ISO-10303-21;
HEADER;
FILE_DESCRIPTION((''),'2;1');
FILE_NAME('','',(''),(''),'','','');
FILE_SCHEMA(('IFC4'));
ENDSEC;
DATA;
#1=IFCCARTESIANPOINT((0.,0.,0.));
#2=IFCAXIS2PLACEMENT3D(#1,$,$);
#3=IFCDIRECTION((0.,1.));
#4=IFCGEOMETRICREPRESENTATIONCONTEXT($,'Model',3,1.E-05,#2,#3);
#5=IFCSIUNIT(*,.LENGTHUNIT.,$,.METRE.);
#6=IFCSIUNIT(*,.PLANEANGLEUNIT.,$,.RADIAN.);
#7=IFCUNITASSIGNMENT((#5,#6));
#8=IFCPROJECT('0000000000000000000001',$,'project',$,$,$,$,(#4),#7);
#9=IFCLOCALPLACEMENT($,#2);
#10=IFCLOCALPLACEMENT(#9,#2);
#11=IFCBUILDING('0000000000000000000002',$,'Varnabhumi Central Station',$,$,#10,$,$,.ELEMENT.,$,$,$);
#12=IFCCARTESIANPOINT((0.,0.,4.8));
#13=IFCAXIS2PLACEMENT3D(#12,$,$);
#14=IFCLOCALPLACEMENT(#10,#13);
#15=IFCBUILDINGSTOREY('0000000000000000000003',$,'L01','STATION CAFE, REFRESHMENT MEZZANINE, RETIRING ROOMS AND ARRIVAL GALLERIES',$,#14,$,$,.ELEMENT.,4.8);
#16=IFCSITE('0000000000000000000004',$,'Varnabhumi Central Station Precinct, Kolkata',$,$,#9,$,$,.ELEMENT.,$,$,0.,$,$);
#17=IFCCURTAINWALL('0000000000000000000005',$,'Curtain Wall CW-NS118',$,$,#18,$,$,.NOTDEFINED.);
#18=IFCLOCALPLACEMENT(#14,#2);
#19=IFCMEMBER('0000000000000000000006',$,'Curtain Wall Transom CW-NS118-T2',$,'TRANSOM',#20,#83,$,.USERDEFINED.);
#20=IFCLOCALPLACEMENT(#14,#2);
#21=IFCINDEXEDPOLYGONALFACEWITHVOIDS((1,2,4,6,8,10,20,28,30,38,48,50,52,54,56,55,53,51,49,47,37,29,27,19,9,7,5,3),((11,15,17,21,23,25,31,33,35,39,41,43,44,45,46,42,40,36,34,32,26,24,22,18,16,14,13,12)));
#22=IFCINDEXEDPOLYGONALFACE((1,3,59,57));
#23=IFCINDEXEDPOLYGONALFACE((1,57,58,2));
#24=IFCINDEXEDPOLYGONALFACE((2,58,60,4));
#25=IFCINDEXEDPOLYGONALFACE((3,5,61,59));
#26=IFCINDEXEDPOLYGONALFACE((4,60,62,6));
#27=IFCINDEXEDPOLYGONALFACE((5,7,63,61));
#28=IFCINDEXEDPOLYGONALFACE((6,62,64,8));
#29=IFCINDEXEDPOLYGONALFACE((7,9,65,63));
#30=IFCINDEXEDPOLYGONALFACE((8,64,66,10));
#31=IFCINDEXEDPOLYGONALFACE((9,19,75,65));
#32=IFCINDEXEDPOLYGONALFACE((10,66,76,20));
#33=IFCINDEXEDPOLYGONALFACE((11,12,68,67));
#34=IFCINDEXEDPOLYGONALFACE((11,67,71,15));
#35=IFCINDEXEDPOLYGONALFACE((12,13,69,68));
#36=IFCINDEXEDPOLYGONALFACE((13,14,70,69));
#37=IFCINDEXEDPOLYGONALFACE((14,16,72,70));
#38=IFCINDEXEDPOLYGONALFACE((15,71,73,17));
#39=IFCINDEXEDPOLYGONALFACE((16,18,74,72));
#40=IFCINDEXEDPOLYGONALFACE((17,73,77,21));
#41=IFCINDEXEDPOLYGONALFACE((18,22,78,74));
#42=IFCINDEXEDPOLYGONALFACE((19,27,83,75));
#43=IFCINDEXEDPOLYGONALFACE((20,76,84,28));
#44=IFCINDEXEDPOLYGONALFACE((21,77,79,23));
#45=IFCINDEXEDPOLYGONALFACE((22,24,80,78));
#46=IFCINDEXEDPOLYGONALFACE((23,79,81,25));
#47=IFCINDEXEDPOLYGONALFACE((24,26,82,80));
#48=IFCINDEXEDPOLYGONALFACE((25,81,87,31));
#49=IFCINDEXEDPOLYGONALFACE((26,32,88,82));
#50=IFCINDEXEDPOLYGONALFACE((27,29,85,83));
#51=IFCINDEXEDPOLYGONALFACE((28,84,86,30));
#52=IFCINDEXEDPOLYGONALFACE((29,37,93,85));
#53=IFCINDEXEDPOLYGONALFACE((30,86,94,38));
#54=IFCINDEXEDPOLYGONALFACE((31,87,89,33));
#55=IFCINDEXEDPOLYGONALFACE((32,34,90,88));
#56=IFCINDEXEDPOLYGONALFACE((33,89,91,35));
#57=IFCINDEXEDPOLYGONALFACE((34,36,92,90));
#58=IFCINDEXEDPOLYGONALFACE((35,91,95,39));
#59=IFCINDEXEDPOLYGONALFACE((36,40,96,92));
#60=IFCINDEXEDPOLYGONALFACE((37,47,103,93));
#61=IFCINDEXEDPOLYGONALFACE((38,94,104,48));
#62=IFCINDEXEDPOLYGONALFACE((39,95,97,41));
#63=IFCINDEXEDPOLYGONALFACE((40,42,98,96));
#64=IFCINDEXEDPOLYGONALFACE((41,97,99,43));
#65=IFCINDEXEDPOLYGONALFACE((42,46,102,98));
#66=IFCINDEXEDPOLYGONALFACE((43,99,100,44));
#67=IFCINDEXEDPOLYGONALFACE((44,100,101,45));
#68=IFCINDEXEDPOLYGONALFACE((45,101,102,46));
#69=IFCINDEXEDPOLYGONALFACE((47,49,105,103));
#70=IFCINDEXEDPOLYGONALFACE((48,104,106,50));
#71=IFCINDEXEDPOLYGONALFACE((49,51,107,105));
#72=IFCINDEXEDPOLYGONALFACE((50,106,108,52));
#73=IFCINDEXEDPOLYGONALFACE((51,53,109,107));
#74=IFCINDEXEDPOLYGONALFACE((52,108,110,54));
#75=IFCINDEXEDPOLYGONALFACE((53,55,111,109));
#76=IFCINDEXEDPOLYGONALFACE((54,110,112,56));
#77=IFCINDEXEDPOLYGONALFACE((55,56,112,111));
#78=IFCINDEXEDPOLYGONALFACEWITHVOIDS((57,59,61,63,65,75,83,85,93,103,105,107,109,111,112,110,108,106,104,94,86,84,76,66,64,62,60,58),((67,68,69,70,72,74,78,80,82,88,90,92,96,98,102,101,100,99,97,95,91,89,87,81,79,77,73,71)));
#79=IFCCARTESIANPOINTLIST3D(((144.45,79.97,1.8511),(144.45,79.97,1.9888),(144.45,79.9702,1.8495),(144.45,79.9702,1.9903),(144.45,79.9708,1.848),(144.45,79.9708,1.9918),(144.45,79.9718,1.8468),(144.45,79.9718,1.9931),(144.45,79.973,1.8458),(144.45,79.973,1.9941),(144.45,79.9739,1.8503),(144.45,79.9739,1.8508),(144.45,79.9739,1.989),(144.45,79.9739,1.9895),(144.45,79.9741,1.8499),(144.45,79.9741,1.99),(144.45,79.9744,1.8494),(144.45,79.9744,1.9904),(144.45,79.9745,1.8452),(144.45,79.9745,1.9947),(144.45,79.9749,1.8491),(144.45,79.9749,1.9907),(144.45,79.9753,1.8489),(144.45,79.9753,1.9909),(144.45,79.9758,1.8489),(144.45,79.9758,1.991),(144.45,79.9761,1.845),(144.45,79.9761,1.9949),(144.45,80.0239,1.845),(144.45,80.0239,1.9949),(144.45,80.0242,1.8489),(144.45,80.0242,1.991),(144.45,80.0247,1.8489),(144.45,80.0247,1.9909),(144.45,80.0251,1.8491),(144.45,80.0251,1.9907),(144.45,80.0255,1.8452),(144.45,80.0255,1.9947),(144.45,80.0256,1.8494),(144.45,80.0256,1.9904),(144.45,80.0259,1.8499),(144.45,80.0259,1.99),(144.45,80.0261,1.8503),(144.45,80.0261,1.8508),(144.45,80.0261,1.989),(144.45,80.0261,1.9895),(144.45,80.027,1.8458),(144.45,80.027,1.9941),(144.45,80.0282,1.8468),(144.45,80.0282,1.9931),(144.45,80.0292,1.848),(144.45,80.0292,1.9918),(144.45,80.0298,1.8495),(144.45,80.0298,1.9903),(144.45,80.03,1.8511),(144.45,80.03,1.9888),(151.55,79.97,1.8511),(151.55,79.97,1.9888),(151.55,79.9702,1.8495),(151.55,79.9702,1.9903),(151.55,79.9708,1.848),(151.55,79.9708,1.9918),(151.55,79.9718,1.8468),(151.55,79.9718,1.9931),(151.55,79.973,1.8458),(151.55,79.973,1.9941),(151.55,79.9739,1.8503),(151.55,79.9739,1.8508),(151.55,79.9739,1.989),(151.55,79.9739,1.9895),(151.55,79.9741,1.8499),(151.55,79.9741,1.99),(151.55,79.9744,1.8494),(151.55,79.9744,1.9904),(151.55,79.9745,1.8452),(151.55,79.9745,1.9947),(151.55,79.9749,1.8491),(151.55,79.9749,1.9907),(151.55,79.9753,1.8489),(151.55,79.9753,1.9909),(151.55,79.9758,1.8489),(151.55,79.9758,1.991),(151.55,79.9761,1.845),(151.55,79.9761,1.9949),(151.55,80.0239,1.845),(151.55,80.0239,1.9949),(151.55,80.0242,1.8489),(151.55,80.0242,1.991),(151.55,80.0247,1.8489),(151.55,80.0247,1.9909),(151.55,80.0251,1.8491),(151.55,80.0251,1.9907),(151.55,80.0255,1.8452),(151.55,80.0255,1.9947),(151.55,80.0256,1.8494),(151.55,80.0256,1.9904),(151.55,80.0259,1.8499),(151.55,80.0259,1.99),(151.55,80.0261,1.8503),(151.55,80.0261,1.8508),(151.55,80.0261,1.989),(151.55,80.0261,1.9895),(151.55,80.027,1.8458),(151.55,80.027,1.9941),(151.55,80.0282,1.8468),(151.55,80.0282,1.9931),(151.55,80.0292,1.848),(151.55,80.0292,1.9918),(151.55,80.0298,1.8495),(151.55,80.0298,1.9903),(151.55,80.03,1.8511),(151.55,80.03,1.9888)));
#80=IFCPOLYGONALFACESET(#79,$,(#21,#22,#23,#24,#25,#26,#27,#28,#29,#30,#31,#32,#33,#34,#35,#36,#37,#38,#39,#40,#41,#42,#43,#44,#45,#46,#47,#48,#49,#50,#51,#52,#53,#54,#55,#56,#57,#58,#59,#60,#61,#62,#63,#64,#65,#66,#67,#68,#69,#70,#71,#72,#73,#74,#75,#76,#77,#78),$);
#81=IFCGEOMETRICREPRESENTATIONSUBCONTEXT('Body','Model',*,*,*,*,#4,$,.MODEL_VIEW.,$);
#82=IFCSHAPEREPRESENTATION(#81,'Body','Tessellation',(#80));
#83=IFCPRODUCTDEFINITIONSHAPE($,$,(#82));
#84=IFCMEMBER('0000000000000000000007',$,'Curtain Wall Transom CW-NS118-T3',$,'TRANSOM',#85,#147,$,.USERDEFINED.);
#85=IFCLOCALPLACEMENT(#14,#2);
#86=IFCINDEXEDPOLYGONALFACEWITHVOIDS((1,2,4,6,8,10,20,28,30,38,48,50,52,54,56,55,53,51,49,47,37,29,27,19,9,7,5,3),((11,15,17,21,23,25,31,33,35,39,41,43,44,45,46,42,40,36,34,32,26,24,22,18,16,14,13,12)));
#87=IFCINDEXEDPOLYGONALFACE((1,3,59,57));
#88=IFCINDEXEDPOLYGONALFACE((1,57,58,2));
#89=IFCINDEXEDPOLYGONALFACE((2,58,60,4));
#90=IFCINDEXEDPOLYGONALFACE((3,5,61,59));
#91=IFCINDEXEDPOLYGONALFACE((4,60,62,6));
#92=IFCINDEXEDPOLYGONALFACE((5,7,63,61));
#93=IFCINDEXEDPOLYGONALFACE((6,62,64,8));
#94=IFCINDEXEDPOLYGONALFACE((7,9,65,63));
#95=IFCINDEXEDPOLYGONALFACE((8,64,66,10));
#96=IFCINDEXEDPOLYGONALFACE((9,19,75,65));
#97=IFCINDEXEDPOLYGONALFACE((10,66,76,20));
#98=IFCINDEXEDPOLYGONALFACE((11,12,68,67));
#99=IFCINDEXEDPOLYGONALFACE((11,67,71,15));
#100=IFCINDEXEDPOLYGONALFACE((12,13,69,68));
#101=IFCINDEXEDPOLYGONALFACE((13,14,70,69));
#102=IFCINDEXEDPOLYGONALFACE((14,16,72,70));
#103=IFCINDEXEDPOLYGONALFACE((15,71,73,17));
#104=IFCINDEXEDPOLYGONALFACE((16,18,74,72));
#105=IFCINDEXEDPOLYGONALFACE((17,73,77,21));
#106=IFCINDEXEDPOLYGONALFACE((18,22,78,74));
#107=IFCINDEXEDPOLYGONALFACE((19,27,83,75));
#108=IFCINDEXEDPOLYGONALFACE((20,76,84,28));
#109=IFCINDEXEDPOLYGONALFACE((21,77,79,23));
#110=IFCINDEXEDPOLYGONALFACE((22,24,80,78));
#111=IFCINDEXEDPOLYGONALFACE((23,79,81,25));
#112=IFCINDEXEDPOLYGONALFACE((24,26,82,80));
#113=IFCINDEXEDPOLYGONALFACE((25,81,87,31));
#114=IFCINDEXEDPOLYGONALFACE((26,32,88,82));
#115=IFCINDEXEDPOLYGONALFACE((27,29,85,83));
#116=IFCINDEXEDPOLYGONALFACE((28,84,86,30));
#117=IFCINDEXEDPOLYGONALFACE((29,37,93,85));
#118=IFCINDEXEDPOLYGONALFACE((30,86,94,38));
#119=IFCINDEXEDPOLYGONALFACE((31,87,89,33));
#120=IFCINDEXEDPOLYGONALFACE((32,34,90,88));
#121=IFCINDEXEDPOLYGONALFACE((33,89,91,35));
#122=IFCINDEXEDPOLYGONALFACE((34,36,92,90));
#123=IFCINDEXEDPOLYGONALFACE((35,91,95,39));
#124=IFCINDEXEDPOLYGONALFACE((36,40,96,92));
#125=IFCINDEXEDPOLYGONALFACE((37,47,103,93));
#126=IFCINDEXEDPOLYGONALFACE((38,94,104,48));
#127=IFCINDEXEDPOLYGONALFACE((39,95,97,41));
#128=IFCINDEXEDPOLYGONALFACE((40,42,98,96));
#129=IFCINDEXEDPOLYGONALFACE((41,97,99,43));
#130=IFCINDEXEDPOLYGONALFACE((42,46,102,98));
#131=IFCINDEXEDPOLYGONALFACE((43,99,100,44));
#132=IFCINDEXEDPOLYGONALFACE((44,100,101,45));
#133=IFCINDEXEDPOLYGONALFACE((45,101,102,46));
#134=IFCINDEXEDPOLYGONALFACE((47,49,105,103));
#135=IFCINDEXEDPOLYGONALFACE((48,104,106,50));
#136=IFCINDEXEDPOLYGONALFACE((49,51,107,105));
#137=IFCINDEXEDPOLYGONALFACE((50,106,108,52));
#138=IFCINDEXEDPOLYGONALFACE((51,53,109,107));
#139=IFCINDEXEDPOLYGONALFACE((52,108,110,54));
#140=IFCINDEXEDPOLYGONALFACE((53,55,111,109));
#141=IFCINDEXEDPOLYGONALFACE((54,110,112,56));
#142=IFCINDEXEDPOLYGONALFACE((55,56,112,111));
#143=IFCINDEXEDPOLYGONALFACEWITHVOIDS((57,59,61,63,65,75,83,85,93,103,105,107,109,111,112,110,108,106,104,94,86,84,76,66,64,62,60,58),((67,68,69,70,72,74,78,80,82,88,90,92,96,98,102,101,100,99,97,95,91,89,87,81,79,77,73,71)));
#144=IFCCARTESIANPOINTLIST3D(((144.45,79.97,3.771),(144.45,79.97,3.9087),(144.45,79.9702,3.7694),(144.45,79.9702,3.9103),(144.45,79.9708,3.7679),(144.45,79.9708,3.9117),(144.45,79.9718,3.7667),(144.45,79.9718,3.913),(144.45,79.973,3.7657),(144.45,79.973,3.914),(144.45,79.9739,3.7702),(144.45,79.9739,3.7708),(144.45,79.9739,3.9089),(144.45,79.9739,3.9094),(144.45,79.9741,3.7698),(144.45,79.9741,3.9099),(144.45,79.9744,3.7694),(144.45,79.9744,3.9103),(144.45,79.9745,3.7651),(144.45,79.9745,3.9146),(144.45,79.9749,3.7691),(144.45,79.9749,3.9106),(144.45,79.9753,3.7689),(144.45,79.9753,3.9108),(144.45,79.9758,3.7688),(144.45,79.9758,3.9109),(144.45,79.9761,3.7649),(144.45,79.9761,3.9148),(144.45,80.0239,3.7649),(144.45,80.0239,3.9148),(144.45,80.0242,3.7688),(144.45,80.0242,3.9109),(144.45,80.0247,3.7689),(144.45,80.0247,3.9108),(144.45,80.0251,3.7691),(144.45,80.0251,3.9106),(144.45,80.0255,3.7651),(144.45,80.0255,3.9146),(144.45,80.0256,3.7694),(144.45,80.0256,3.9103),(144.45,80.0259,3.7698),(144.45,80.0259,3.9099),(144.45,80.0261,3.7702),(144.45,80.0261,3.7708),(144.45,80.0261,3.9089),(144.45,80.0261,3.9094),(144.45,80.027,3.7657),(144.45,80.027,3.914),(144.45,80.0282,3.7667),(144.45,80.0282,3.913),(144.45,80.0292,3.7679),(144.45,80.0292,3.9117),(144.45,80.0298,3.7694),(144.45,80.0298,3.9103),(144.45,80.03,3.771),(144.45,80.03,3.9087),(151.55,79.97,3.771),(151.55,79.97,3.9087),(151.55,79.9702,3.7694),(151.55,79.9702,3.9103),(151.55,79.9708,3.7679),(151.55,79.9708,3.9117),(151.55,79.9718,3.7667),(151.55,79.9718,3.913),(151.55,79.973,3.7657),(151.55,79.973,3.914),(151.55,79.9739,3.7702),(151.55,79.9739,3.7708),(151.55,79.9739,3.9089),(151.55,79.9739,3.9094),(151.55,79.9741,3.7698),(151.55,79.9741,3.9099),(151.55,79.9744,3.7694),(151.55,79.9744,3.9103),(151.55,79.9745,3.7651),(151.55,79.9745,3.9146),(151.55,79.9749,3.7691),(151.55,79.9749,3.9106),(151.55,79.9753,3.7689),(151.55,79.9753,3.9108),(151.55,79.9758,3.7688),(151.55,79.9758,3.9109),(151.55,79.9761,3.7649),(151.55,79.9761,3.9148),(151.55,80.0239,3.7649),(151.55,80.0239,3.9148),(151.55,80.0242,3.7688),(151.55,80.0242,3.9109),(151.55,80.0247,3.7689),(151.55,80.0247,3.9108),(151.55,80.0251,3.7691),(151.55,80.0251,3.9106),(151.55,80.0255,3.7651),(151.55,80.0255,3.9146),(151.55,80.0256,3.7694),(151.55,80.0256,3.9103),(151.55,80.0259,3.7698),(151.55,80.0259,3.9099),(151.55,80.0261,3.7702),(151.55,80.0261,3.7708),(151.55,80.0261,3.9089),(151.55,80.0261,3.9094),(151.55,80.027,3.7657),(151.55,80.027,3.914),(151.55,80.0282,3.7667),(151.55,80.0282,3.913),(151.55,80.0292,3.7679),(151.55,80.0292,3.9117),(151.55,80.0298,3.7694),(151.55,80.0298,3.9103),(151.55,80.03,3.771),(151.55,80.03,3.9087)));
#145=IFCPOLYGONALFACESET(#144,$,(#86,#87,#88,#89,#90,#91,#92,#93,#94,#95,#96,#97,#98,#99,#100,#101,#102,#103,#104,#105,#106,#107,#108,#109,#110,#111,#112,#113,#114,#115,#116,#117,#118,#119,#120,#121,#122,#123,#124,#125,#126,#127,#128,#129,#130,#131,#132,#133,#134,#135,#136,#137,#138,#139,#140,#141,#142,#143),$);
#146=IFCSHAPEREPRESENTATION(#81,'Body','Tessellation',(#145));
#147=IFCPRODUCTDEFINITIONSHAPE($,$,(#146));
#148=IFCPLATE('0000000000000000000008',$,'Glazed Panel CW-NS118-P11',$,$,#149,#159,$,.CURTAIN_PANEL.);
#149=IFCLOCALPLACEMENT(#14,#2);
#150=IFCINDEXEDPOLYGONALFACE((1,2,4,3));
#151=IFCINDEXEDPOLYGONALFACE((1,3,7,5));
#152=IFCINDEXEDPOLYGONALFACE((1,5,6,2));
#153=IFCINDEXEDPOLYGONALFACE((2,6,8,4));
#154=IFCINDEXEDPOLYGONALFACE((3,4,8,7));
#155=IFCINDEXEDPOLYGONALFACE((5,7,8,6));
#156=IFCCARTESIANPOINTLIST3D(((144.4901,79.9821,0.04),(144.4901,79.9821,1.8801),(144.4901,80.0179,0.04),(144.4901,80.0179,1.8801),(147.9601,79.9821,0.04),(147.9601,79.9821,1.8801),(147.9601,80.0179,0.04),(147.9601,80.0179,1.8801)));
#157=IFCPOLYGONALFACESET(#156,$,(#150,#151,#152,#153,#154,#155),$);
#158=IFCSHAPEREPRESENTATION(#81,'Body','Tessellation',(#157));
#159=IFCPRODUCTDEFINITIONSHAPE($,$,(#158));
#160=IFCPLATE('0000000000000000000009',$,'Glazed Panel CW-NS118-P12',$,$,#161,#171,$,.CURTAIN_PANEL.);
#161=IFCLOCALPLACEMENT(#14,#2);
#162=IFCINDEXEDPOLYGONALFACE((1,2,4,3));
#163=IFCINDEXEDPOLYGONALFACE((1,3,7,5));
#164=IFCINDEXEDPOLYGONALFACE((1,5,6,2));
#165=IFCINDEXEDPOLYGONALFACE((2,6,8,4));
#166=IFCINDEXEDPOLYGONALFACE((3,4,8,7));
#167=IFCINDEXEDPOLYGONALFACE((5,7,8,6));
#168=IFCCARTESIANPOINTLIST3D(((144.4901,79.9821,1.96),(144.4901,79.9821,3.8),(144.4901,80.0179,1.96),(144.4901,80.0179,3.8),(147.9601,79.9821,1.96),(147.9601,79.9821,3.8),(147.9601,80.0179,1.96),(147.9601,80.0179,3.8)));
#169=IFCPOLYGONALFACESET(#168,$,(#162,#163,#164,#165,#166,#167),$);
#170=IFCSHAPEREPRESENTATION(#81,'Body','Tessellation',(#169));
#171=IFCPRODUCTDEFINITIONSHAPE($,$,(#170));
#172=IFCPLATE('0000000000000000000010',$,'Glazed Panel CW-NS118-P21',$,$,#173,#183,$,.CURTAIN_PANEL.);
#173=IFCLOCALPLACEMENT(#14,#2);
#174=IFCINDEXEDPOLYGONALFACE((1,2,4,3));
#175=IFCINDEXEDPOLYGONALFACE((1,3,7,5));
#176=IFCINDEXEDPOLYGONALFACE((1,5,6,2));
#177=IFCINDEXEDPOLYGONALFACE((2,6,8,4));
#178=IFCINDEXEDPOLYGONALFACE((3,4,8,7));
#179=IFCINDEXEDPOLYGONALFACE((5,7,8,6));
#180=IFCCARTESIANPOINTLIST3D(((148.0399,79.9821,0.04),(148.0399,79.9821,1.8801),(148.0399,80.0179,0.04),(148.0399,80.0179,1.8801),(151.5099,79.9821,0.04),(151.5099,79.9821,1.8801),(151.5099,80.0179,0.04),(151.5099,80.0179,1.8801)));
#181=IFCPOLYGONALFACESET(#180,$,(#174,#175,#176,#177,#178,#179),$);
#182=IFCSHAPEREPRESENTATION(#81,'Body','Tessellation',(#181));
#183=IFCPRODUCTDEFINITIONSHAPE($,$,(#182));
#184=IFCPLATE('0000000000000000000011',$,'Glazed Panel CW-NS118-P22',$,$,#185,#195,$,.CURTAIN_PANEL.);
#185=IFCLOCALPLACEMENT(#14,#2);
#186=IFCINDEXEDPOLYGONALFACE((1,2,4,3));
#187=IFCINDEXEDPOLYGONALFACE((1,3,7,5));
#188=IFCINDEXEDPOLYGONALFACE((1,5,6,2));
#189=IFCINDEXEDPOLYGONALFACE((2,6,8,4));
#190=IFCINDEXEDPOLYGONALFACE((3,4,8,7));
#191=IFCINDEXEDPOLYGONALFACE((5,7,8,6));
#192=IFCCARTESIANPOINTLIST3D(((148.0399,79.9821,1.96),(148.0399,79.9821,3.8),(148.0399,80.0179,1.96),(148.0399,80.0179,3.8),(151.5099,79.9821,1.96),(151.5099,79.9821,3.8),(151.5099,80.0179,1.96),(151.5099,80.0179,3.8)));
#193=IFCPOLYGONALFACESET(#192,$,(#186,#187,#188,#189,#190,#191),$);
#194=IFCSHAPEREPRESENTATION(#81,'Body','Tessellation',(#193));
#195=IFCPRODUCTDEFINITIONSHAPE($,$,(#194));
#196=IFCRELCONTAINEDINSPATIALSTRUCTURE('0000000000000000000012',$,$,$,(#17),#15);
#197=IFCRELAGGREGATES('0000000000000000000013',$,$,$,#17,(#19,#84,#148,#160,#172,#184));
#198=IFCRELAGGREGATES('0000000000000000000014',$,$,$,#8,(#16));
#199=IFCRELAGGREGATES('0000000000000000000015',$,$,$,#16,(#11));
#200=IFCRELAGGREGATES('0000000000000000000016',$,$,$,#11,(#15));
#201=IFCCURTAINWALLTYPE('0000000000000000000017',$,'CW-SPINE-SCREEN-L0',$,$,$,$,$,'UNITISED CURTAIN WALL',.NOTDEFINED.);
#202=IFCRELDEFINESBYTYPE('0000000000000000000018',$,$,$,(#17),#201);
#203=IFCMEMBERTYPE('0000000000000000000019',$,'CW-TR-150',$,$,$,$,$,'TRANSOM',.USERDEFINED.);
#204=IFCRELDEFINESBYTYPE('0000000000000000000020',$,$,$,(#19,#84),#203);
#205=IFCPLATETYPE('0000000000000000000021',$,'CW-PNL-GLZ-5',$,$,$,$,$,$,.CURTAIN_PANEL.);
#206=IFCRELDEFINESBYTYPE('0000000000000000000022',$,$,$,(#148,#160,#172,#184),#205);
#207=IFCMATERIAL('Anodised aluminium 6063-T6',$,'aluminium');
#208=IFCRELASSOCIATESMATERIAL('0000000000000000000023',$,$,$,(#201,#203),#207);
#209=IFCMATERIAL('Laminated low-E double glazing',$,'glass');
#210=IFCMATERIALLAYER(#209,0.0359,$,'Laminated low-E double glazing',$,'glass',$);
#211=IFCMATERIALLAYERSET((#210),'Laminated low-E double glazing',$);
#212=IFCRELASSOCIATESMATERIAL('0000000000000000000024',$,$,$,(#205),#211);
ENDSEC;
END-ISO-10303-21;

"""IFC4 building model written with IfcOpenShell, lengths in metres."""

from ifc_helpers import new_model, si_unit, direction, frame, origin, origin_2d, place, context, subcontext, project, spatial, rectangle, hollow_rectangle, extrude, material, layer, layer_set, material_profile, profile_set, type_object, element, aggregate, save


model = new_model("IFC4")

# Units and contexts
model_context = context("Model", 3, precision=1e-05, world=origin(), true_north=direction((0.0, 1.0)))
body_context = subcontext(model_context, "Body", "Model", "MODEL_VIEW")
ifc_project = project(units=[si_unit("LENGTHUNIT", "METRE"), si_unit("PLANEANGLEUNIT", "RADIAN")], contexts=[model_context])

# Site, building, storey
site_placement = place(None, origin())
site = spatial("IfcSite", under=ifc_project, at=site_placement, Name="Varnabhumi Central Station Precinct, Kolkata", CompositionType="ELEMENT", RefElevation=0.0)
building_placement = place(site_placement, origin())
building = spatial("IfcBuilding", under=site, at=building_placement, Name="Varnabhumi Central Station", CompositionType="ELEMENT")
storey_placement = place(building_placement, frame((0.0, 0.0, 4.8)))
storey = spatial("IfcBuildingStorey", under=building, at=storey_placement, Name="L01", Description="STATION CAFE, REFRESHMENT MEZZANINE, RETIRING ROOMS AND ARRIVAL GALLERIES", CompositionType="ELEMENT", Elevation=4.8)

# Curtain wall
ifc_material_1 = material(Name="Anodised aluminium 6063-T6", Category="aluminium")
curtain_wall_type_1 = type_object("IfcCurtainWallType", Name="CW-SPINE-SCREEN-L0", ElementType="UNITISED CURTAIN WALL", PredefinedType="NOTDEFINED", material=ifc_material_1)
curtain_wall_1_placement = place(storey_placement, origin())
curtain_wall_1 = element("IfcCurtainWall", 1, at=curtain_wall_1_placement, inside=storey, type_object=curtain_wall_type_1, Name="Curtain Wall CW-NS118", PredefinedType="NOTDEFINED")

# Members
ifc_material_profile_1 = material_profile(ifc_material_1, hollow_rectangle(XDim=0.0601, YDim=0.1499, WallThickness=0.0039, InnerFilletRadius=0.002, OuterFilletRadius=0.0061, at=origin_2d()), Name="Anodised aluminium 6063-T6", Category="aluminium")
ifc_profile_set_1 = profile_set([ifc_material_profile_1], Name="Anodised aluminium 6063-T6")
member_type_1 = type_object("IfcMemberType", Name="CW-TR-150", ElementType="TRANSOM", PredefinedType="USERDEFINED", material=ifc_profile_set_1)
member_1_placement = place(storey_placement, frame((144.45, 80.0, 1.9199), z_axis=(1.0, 0.0, 0.0), x_axis=(0.0, 1.0, 0.0)))
member_1 = element("IfcMember", 2, at=member_1_placement, type_object=member_type_1, Name="Curtain Wall Transom CW-NS118-T2", ObjectType="TRANSOM", PredefinedType="USERDEFINED", context=body_context, shape_type="SweptSolid", body=[
    extrude(hollow_rectangle(XDim=0.0601, YDim=0.1499, WallThickness=0.0039, InnerFilletRadius=0.002, OuterFilletRadius=0.0061, at=origin_2d()), origin(), (0.0, 0.0, 1.0), 7.1001),
])
member_2_placement = place(storey_placement, frame((144.45, 80.0, 3.8398), z_axis=(1.0, 0.0, 0.0), x_axis=(0.0, 1.0, 0.0)))
member_2 = element("IfcMember", 3, at=member_2_placement, type_object=member_type_1, Name="Curtain Wall Transom CW-NS118-T3", ObjectType="TRANSOM", PredefinedType="USERDEFINED", context=body_context, shape_type="SweptSolid", body=[
    extrude(hollow_rectangle(XDim=0.0601, YDim=0.1499, WallThickness=0.0039, InnerFilletRadius=0.002, OuterFilletRadius=0.0061, at=origin_2d()), origin(), (0.0, 0.0, 1.0), 7.1001),
])

# Plates
ifc_material_2 = material(Name="Laminated low-E double glazing", Category="glass")
ifc_layer_1 = layer(ifc_material_2, 0.0359, Name="Laminated low-E double glazing", Category="glass")
ifc_layer_set_1 = layer_set([ifc_layer_1], Name="Laminated low-E double glazing")
plate_type_1 = type_object("IfcPlateType", Name="CW-PNL-GLZ-5", PredefinedType="CURTAIN_PANEL", material=ifc_layer_set_1)
plate_1_placement = place(storey_placement, frame((146.2251, 80.0, 0.04), z_axis=(0.0, 0.0, 1.0), x_axis=(1.0, 0.0, 0.0)))
plate_1 = element("IfcPlate", 4, at=plate_1_placement, type_object=plate_type_1, Name="Glazed Panel CW-NS118-P11", PredefinedType="CURTAIN_PANEL", context=body_context, shape_type="SweptSolid", body=[
    extrude(rectangle(XDim=3.47, YDim=0.0359, at=origin_2d()), origin(), (0.0, 0.0, 1.0), 1.8401),
])
plate_2_placement = place(storey_placement, frame((146.2251, 80.0, 1.96), z_axis=(0.0, 0.0, 1.0), x_axis=(1.0, 0.0, 0.0)))
plate_2 = element("IfcPlate", 5, at=plate_2_placement, type_object=plate_type_1, Name="Glazed Panel CW-NS118-P12", PredefinedType="CURTAIN_PANEL", context=body_context, shape_type="SweptSolid", body=[
    extrude(rectangle(XDim=3.47, YDim=0.0359, at=origin_2d()), origin(), (0.0, 0.0, 1.0), 1.8401),
])
plate_3_placement = place(storey_placement, frame((149.7749, 80.0, 0.04), z_axis=(0.0, 0.0, 1.0), x_axis=(1.0, 0.0, 0.0)))
plate_3 = element("IfcPlate", 6, at=plate_3_placement, type_object=plate_type_1, Name="Glazed Panel CW-NS118-P21", PredefinedType="CURTAIN_PANEL", context=body_context, shape_type="SweptSolid", body=[
    extrude(rectangle(XDim=3.47, YDim=0.0359, at=origin_2d()), origin(), (0.0, 0.0, 1.0), 1.8401),
])
plate_4_placement = place(storey_placement, frame((149.7749, 80.0, 1.96), z_axis=(0.0, 0.0, 1.0), x_axis=(1.0, 0.0, 0.0)))
plate_4 = element("IfcPlate", 7, at=plate_4_placement, type_object=plate_type_1, Name="Glazed Panel CW-NS118-P22", PredefinedType="CURTAIN_PANEL", context=body_context, shape_type="SweptSolid", body=[
    extrude(rectangle(XDim=3.47, YDim=0.0359, at=origin_2d()), origin(), (0.0, 0.0, 1.0), 1.8401),
])
aggregate(curtain_wall_1, [member_1, member_2, plate_1, plate_2, plate_3, plate_4])

save(model, "model.ifc")
